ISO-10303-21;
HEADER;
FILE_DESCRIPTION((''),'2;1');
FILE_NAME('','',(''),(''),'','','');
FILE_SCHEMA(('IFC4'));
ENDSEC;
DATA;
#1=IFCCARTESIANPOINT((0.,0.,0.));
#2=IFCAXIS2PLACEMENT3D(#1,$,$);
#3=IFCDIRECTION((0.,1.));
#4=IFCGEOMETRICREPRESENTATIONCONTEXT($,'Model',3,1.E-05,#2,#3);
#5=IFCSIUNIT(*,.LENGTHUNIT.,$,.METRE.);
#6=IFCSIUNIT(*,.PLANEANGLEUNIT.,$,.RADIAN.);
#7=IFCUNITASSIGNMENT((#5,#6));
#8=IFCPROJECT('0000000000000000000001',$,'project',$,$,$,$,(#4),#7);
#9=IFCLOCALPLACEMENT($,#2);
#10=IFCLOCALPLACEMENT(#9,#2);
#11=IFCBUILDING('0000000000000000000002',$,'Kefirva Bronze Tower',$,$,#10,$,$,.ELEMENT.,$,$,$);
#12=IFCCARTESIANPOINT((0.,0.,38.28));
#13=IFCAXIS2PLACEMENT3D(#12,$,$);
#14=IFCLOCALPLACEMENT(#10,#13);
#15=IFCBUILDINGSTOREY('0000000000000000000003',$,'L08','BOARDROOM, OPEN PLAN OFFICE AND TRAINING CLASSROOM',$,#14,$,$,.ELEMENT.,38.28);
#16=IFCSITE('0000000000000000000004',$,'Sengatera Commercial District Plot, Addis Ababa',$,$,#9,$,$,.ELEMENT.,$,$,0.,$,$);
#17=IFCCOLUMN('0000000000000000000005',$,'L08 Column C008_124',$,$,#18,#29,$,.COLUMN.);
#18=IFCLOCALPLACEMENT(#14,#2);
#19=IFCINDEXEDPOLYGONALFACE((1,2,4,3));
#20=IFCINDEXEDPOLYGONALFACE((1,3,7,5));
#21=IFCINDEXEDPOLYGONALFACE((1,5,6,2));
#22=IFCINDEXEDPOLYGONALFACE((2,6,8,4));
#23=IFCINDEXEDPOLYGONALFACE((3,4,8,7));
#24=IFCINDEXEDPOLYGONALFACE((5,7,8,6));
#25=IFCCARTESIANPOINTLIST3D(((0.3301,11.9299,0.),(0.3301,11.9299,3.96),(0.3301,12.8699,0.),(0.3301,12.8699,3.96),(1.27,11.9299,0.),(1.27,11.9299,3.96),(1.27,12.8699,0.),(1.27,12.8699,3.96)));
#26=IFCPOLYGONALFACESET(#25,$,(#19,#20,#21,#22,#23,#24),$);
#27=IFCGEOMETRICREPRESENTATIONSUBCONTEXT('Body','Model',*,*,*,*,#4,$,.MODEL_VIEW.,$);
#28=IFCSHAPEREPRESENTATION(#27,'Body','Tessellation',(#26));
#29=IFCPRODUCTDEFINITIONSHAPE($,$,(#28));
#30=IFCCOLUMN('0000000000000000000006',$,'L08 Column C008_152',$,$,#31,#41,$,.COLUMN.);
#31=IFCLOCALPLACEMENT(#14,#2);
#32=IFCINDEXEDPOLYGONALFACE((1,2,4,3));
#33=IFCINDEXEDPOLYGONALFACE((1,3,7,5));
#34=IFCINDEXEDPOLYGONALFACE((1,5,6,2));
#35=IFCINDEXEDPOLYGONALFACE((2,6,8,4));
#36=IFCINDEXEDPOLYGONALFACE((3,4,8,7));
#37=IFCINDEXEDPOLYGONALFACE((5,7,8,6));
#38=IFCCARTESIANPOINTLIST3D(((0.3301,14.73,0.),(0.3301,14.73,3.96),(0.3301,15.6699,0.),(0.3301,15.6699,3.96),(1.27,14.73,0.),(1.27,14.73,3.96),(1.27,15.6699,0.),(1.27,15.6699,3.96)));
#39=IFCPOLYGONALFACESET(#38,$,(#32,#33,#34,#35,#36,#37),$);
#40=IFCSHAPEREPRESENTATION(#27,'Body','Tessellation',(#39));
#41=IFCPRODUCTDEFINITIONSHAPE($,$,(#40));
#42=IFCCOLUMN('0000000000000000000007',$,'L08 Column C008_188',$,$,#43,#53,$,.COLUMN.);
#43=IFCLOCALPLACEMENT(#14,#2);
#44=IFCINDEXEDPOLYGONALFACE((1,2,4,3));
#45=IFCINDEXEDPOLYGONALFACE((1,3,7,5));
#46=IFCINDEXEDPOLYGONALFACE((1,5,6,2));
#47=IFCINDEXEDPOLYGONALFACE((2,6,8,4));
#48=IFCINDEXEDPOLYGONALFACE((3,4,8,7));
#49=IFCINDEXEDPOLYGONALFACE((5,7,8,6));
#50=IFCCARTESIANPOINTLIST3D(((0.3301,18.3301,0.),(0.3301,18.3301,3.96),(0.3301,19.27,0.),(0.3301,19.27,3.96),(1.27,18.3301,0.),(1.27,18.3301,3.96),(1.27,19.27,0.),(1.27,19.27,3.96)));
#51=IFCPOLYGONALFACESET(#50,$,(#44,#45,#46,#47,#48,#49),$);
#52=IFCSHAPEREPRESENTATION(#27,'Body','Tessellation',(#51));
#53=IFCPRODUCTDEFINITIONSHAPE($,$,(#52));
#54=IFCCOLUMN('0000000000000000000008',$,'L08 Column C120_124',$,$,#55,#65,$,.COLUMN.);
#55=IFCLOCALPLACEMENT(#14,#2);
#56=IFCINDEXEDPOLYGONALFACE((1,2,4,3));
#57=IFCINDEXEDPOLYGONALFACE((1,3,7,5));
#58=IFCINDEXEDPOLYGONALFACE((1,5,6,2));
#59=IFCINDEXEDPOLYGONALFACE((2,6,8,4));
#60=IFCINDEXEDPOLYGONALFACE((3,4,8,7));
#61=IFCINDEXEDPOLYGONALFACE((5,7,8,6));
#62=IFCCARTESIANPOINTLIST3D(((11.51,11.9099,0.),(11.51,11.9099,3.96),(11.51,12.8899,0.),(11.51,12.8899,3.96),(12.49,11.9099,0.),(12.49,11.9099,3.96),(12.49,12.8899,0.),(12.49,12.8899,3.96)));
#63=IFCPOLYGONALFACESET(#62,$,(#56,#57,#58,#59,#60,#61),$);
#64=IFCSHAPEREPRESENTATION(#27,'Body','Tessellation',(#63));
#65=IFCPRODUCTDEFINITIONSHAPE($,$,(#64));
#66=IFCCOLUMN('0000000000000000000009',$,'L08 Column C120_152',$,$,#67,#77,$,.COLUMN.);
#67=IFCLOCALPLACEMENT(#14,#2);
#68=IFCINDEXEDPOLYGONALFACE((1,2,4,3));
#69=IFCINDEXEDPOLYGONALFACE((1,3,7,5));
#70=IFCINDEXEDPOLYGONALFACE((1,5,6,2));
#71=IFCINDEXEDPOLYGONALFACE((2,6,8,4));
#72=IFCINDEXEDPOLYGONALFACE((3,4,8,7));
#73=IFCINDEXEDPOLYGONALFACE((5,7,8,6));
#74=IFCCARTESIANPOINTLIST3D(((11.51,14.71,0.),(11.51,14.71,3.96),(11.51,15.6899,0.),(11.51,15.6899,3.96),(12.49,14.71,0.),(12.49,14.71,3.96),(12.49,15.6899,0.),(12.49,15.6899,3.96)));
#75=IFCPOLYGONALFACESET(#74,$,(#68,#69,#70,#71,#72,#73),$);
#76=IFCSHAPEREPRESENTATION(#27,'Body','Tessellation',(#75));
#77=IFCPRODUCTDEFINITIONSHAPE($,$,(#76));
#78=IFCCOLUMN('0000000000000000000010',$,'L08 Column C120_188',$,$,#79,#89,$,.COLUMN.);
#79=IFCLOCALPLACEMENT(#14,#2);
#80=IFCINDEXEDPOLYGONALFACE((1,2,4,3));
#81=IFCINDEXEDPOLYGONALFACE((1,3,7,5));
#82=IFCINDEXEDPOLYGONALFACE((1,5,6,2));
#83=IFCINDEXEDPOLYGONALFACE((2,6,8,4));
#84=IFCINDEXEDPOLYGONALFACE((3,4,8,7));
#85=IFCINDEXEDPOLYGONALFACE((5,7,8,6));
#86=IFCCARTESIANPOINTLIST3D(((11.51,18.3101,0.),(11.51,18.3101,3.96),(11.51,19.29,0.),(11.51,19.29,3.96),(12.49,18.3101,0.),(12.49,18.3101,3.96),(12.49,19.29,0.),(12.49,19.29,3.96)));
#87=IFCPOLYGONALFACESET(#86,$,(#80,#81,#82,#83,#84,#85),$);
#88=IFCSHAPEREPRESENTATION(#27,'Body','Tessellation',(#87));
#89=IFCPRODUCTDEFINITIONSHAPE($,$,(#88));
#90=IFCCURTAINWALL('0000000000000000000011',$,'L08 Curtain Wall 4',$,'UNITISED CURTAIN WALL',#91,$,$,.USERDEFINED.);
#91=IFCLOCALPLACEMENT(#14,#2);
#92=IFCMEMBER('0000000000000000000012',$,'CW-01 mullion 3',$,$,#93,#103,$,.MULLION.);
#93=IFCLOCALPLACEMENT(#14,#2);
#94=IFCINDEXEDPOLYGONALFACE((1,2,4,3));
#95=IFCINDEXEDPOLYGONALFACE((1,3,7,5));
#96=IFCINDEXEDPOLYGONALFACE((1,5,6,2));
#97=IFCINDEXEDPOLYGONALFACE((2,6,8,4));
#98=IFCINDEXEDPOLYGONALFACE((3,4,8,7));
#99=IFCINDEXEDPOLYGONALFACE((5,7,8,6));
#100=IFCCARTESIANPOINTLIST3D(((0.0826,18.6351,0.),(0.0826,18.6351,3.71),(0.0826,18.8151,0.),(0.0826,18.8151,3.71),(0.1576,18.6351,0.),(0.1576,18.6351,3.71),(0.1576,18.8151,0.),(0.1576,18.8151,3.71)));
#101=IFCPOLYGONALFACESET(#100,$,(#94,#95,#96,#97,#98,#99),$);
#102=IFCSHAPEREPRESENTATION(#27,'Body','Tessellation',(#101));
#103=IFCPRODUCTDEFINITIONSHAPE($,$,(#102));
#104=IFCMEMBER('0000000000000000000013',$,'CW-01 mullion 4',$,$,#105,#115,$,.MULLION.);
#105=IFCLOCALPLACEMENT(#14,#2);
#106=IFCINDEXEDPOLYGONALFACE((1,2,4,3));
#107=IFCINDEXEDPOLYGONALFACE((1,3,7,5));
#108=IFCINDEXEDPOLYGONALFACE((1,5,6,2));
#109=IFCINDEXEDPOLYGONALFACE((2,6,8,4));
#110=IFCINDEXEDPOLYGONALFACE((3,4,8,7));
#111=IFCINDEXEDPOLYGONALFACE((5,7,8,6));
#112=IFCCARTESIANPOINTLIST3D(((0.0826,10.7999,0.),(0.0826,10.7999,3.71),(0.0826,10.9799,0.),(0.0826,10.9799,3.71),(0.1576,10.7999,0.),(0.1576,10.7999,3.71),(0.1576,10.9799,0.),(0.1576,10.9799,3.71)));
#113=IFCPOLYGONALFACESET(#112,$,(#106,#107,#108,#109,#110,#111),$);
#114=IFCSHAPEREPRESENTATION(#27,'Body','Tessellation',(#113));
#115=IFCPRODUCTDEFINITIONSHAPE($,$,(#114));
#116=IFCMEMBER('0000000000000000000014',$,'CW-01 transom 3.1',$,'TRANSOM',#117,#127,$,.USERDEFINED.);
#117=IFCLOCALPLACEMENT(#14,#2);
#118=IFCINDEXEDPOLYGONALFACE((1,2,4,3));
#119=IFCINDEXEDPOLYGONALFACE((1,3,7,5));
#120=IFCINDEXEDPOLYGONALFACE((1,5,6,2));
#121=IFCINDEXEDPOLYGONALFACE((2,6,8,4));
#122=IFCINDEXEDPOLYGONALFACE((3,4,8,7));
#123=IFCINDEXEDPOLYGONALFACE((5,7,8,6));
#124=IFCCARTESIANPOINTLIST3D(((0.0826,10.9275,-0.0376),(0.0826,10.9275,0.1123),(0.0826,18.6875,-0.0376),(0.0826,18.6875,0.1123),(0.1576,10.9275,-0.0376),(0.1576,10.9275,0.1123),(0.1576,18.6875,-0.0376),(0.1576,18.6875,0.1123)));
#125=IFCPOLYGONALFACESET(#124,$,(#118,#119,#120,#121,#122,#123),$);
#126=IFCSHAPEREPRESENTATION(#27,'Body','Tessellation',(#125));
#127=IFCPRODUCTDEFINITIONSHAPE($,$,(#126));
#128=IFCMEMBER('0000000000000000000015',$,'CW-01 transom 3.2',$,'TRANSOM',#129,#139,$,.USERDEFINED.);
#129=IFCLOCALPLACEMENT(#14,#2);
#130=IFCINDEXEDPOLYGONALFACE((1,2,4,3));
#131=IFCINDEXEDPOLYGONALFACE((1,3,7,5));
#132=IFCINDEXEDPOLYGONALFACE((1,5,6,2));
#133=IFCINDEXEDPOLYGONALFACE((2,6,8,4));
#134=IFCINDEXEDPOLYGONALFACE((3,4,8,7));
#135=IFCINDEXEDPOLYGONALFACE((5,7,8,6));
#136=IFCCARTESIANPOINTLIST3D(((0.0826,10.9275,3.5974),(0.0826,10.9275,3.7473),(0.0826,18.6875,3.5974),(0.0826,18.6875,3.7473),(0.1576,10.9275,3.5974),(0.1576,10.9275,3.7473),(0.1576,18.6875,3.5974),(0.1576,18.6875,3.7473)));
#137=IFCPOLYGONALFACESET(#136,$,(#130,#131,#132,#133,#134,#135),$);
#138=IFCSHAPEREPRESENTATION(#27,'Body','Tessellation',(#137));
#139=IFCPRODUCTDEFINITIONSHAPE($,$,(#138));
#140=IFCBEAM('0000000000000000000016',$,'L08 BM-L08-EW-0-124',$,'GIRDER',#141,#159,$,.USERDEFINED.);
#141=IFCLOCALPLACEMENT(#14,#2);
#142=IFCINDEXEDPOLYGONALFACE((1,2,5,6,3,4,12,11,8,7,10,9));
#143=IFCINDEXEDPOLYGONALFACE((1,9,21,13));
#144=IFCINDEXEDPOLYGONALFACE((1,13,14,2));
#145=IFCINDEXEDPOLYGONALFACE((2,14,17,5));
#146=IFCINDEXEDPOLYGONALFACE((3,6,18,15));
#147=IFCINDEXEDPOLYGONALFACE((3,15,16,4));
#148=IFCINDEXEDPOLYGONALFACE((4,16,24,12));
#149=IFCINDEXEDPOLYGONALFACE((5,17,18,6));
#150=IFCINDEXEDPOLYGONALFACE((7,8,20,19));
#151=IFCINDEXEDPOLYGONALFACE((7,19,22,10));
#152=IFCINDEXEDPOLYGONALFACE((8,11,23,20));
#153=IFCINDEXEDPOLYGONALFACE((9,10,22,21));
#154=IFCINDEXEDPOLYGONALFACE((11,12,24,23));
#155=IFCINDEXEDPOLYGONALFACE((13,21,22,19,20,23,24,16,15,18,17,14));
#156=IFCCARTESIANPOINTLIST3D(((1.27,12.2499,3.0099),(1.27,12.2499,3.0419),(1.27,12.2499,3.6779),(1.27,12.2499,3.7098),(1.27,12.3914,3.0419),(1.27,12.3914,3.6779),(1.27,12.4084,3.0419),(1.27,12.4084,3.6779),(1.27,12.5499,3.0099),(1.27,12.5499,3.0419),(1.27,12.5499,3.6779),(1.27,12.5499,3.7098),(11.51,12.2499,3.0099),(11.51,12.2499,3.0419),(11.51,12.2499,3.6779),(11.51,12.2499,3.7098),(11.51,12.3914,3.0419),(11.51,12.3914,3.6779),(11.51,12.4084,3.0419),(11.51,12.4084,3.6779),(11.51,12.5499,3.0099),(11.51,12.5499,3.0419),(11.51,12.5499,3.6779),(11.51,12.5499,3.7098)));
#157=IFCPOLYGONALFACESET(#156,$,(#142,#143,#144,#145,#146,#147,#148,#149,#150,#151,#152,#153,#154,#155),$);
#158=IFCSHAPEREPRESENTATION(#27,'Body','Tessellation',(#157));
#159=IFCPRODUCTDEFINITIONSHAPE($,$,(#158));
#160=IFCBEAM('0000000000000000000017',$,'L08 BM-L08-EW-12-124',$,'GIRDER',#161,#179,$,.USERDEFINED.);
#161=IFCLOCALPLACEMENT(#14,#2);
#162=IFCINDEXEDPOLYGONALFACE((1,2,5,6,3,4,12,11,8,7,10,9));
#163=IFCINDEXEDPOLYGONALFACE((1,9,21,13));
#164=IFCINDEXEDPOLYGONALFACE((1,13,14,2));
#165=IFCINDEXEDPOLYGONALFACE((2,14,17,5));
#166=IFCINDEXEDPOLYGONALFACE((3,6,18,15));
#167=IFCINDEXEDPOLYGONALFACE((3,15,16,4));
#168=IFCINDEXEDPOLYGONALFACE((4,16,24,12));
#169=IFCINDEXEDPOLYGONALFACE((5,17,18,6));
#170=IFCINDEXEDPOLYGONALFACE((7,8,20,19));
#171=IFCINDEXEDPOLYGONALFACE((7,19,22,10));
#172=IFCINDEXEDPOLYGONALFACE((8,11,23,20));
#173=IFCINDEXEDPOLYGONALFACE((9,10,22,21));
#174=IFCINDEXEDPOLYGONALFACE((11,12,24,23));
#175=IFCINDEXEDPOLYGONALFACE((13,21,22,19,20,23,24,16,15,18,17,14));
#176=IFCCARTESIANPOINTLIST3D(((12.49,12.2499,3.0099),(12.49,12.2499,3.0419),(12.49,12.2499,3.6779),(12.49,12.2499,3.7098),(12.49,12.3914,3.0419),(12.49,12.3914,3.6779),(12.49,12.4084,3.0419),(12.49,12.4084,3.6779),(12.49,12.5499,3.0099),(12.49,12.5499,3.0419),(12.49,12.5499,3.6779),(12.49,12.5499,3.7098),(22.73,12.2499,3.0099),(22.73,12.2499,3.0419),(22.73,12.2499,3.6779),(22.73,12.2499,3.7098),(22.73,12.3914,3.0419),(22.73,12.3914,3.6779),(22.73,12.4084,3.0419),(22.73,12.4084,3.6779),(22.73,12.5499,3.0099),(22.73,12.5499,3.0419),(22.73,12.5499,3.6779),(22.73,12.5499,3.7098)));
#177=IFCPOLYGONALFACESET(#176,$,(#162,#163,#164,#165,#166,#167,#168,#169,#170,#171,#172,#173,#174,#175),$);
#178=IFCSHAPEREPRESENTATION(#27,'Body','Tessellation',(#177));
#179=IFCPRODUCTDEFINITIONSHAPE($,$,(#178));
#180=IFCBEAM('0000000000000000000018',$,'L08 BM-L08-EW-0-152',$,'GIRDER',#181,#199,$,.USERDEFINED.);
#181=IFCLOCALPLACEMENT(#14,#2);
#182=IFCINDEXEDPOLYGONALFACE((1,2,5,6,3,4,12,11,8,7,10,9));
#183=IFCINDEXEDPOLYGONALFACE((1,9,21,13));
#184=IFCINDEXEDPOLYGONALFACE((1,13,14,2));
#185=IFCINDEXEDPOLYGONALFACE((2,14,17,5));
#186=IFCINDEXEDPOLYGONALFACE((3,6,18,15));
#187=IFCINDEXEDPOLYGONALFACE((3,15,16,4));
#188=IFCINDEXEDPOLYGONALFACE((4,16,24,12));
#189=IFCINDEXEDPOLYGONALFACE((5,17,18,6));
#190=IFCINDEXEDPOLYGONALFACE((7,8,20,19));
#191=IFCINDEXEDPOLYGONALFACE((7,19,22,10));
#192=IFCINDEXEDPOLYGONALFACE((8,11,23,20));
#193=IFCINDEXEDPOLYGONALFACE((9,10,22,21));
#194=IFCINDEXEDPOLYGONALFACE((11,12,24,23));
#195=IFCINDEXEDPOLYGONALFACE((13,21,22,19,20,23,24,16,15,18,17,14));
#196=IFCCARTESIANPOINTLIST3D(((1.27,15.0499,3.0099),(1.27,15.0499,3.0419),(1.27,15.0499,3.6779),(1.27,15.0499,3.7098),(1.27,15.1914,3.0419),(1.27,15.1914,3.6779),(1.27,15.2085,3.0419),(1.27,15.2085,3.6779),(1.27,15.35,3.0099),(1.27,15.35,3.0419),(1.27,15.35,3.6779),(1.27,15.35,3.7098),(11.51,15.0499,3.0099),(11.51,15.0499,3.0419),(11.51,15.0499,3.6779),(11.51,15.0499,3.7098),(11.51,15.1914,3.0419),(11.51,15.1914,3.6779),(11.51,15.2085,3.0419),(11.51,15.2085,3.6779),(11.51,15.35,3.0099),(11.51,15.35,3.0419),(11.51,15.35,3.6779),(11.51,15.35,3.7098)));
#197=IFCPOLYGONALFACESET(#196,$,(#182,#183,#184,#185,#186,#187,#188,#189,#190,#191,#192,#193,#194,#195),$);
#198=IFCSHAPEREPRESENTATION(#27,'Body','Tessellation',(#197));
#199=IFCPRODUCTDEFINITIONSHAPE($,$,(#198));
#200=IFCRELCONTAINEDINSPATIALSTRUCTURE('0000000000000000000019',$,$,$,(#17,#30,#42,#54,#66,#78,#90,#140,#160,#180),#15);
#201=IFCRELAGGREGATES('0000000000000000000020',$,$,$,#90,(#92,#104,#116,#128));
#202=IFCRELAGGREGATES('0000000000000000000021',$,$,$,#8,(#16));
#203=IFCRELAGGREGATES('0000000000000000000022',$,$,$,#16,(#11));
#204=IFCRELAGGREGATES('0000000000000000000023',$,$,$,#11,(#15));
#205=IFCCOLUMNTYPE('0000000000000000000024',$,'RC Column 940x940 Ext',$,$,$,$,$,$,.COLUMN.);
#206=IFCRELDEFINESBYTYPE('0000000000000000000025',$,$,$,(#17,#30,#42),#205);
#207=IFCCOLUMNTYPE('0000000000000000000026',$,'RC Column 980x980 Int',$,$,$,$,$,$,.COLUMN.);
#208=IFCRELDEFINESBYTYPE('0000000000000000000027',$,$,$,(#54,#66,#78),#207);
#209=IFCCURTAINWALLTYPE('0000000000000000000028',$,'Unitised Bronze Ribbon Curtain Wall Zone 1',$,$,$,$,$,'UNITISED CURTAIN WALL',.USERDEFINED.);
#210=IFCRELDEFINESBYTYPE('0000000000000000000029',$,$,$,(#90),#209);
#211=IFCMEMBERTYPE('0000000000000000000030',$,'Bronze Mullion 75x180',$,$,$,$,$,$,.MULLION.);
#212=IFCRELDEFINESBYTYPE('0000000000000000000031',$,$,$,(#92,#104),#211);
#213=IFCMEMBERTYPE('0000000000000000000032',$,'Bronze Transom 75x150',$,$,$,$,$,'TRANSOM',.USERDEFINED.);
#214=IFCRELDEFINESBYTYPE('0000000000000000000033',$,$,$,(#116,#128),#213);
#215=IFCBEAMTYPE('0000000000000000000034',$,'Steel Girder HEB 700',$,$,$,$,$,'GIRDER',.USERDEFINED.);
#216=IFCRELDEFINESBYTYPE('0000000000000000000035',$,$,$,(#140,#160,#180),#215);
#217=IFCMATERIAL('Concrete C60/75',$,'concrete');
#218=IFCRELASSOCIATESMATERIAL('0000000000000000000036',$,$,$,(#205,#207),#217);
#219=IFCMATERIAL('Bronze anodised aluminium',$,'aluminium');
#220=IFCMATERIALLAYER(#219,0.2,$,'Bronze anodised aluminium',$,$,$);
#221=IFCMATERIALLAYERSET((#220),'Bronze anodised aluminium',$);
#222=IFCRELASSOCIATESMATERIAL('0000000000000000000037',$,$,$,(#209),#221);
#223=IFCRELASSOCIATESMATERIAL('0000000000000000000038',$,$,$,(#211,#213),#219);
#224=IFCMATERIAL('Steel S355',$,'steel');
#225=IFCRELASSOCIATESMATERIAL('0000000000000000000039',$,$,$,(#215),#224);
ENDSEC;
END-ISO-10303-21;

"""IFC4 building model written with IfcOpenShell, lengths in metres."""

from ifc_helpers import new_model, si_unit, direction, frame, origin, origin_2d, place, context, subcontext, project, spatial, rectangle, i_section, extrude, material, layer, layer_set, material_profile, profile_set, type_object, element, aggregate, save


model = new_model("IFC4")

# Units and contexts
model_context = context("Model", 3, precision=1e-05, world=origin(), true_north=direction((0.0, 1.0)))
body_context = subcontext(model_context, "Body", "Model", "MODEL_VIEW")
ifc_project = project(units=[si_unit("LENGTHUNIT", "METRE"), si_unit("PLANEANGLEUNIT", "RADIAN")], contexts=[model_context])

# Site, building, storey
site_placement = place(None, origin())
site = spatial("IfcSite", under=ifc_project, at=site_placement, Name="Sengatera Commercial District Plot, Addis Ababa", CompositionType="ELEMENT", RefElevation=0.0)
building_placement = place(site_placement, origin())
building = spatial("IfcBuilding", under=site, at=building_placement, Name="Kefirva Bronze Tower", CompositionType="ELEMENT")
storey_placement = place(building_placement, frame((0.0, 0.0, 38.28)))
storey = spatial("IfcBuildingStorey", under=building, at=storey_placement, Name="L08", Description="BOARDROOM, OPEN PLAN OFFICE AND TRAINING CLASSROOM", CompositionType="ELEMENT", Elevation=38.28)

# Columns
ifc_material_1 = material(Name="Concrete C60/75", Category="concrete")
ifc_material_profile_1 = material_profile(ifc_material_1, rectangle(XDim=0.9399, YDim=0.9399, at=origin_2d()), Name="RC 940x940")
ifc_profile_set_1 = profile_set([ifc_material_profile_1], Name="Concrete C60/75")
column_type_1 = type_object("IfcColumnType", Name="RC Column 940x940 Ext", PredefinedType="COLUMN", material=ifc_profile_set_1)
for number, where, z_axis, x_axis, name in (
    (1, (0.8, 12.3999, 0.0), (0.0, 0.0, 1.0), (1.0, 0.0, 0.0), "L08 Column C008_124"),
    (2, (0.8, 15.2, 0.0), (0.0, 0.0, 1.0), (1.0, 0.0, 0.0), "L08 Column C008_152"),
    (3, (0.8, 18.8, 0.0), (0.0, 0.0, 1.0), (1.0, 0.0, 0.0), "L08 Column C008_188"),
):
    element("IfcColumn", number, at=place(storey_placement, frame(where, z_axis=z_axis, x_axis=x_axis)), inside=storey, type_object=column_type_1, Name=name, PredefinedType="COLUMN", context=body_context, shape_type="SweptSolid", body=[
        extrude(rectangle(XDim=0.9399, YDim=0.9399, at=origin_2d()), origin(), (0.0, 0.0, 1.0), 3.96),
    ])
ifc_material_profile_2 = material_profile(ifc_material_1, rectangle(XDim=0.98, YDim=0.98, at=origin_2d()), Name="RC 980x980")
ifc_profile_set_2 = profile_set([ifc_material_profile_2], Name="Concrete C60/75")
column_type_2 = type_object("IfcColumnType", Name="RC Column 980x980 Int", PredefinedType="COLUMN", material=ifc_profile_set_2)
for number, where, z_axis, x_axis, name in (
    (4, (12.0, 12.3999, 0.0), (0.0, 0.0, 1.0), (1.0, 0.0, 0.0), "L08 Column C120_124"),
    (5, (12.0, 15.2, 0.0), (0.0, 0.0, 1.0), (1.0, 0.0, 0.0), "L08 Column C120_152"),
    (6, (12.0, 18.8, 0.0), (0.0, 0.0, 1.0), (1.0, 0.0, 0.0), "L08 Column C120_188"),
):
    element("IfcColumn", number, at=place(storey_placement, frame(where, z_axis=z_axis, x_axis=x_axis)), inside=storey, type_object=column_type_2, Name=name, PredefinedType="COLUMN", context=body_context, shape_type="SweptSolid", body=[
        extrude(rectangle(XDim=0.98, YDim=0.98, at=origin_2d()), origin(), (0.0, 0.0, 1.0), 3.96),
    ])

# Curtain wall, members
ifc_material_2 = material(Name="Bronze anodised aluminium", Category="aluminium")
ifc_layer_1 = layer(ifc_material_2, 0.2, Name="Bronze anodised aluminium")
ifc_layer_set_1 = layer_set([ifc_layer_1], Name="Bronze anodised aluminium")
curtain_wall_type = type_object("IfcCurtainWallType", Name="Unitised Bronze Ribbon Curtain Wall Zone 1", ElementType="UNITISED CURTAIN WALL", PredefinedType="USERDEFINED", material=ifc_layer_set_1)
curtain_wall_placement = place(storey_placement, origin())
curtain_wall = element("IfcCurtainWall", 7, at=curtain_wall_placement, inside=storey, type_object=curtain_wall_type, Name="L08 Curtain Wall 4", ObjectType="UNITISED CURTAIN WALL", PredefinedType="USERDEFINED")
ifc_material_profile_3 = material_profile(ifc_material_2, rectangle(XDim=0.075, YDim=0.1799, at=origin_2d()), Name="ALU 75x180")
ifc_profile_set_3 = profile_set([ifc_material_profile_3], Name="Bronze anodised aluminium")
member_type_1 = type_object("IfcMemberType", Name="Bronze Mullion 75x180", PredefinedType="MULLION", material=ifc_profile_set_3)
member_1_placement = place(storey_placement, frame((0.1201, 18.7251, 0.0), z_axis=(0.0, 0.0, 1.0), x_axis=(1.0, 0.0, 0.0)))
member_1 = element("IfcMember", 8, at=member_1_placement, type_object=member_type_1, Name="CW-01 mullion 3", PredefinedType="MULLION", context=body_context, shape_type="SweptSolid", body=[
    extrude(rectangle(XDim=0.075, YDim=0.1799, at=origin_2d()), origin(), (0.0, 0.0, 1.0), 3.71),
])
member_2_placement = place(storey_placement, frame((0.1201, 10.8899, 0.0), z_axis=(0.0, 0.0, 1.0), x_axis=(1.0, 0.0, 0.0)))
member_2 = element("IfcMember", 9, at=member_2_placement, type_object=member_type_1, Name="CW-01 mullion 4", PredefinedType="MULLION", context=body_context, shape_type="SweptSolid", body=[
    extrude(rectangle(XDim=0.075, YDim=0.1799, at=origin_2d()), origin(), (0.0, 0.0, 1.0), 3.71),
])
ifc_material_profile_4 = material_profile(ifc_material_2, rectangle(XDim=0.075, YDim=0.1499, at=origin_2d()), Name="ALU 75x150")
ifc_profile_set_4 = profile_set([ifc_material_profile_4], Name="Bronze anodised aluminium")
member_type_2 = type_object("IfcMemberType", Name="Bronze Transom 75x150", ElementType="TRANSOM", PredefinedType="USERDEFINED", material=ifc_profile_set_4)
member_3_placement = place(storey_placement, frame((0.1201, 18.6875, 0.0374), z_axis=(0.0, -1.0, 0.0), x_axis=(1.0, 0.0, 0.0)))
member_3 = element("IfcMember", 10, at=member_3_placement, type_object=member_type_2, Name="CW-01 transom 3.1", ObjectType="TRANSOM", PredefinedType="USERDEFINED", context=body_context, shape_type="SweptSolid", body=[
    extrude(rectangle(XDim=0.075, YDim=0.1499, at=origin_2d()), origin(), (0.0, 0.0, 1.0), 7.76),
])
member_4_placement = place(storey_placement, frame((0.1201, 18.6875, 3.6724), z_axis=(0.0, -1.0, 0.0), x_axis=(1.0, 0.0, 0.0)))
member_4 = element("IfcMember", 11, at=member_4_placement, type_object=member_type_2, Name="CW-01 transom 3.2", ObjectType="TRANSOM", PredefinedType="USERDEFINED", context=body_context, shape_type="SweptSolid", body=[
    extrude(rectangle(XDim=0.075, YDim=0.1499, at=origin_2d()), origin(), (0.0, 0.0, 1.0), 7.76),
])

# Beams
ifc_material_3 = material(Name="Steel S355", Category="steel")
ifc_material_profile_5 = material_profile(ifc_material_3, i_section(OverallWidth=0.3, OverallDepth=0.7, WebThickness=0.0171, FlangeThickness=0.032, at=origin_2d()), Name="HEB 700")
ifc_profile_set_5 = profile_set([ifc_material_profile_5], Name="Steel S355")
beam_type_1 = type_object("IfcBeamType", Name="Steel Girder HEB 700", ElementType="GIRDER", PredefinedType="USERDEFINED", material=ifc_profile_set_5)
for number, where, z_axis, x_axis, name in (
    (12, (1.27, 12.3999, 3.3599), (1.0, 0.0, 0.0), (0.0, 1.0, 0.0), "L08 BM-L08-EW-0-124"),
    (13, (12.49, 12.3999, 3.3599), (1.0, 0.0, 0.0), (0.0, 1.0, 0.0), "L08 BM-L08-EW-12-124"),
    (14, (1.27, 15.2, 3.3599), (1.0, 0.0, 0.0), (0.0, 1.0, 0.0), "L08 BM-L08-EW-0-152"),
):
    element("IfcBeam", number, at=place(storey_placement, frame(where, z_axis=z_axis, x_axis=x_axis)), inside=storey, type_object=beam_type_1, Name=name, ObjectType="GIRDER", PredefinedType="USERDEFINED", context=body_context, shape_type="SweptSolid", body=[
        extrude(i_section(OverallWidth=0.3, OverallDepth=0.7, WebThickness=0.0171, FlangeThickness=0.032, at=origin_2d()), origin(), (0.0, 0.0, 1.0), 10.24),
    ])

aggregate(curtain_wall, [member_1, member_2, member_3, member_4])

save(model, "model.ifc")
